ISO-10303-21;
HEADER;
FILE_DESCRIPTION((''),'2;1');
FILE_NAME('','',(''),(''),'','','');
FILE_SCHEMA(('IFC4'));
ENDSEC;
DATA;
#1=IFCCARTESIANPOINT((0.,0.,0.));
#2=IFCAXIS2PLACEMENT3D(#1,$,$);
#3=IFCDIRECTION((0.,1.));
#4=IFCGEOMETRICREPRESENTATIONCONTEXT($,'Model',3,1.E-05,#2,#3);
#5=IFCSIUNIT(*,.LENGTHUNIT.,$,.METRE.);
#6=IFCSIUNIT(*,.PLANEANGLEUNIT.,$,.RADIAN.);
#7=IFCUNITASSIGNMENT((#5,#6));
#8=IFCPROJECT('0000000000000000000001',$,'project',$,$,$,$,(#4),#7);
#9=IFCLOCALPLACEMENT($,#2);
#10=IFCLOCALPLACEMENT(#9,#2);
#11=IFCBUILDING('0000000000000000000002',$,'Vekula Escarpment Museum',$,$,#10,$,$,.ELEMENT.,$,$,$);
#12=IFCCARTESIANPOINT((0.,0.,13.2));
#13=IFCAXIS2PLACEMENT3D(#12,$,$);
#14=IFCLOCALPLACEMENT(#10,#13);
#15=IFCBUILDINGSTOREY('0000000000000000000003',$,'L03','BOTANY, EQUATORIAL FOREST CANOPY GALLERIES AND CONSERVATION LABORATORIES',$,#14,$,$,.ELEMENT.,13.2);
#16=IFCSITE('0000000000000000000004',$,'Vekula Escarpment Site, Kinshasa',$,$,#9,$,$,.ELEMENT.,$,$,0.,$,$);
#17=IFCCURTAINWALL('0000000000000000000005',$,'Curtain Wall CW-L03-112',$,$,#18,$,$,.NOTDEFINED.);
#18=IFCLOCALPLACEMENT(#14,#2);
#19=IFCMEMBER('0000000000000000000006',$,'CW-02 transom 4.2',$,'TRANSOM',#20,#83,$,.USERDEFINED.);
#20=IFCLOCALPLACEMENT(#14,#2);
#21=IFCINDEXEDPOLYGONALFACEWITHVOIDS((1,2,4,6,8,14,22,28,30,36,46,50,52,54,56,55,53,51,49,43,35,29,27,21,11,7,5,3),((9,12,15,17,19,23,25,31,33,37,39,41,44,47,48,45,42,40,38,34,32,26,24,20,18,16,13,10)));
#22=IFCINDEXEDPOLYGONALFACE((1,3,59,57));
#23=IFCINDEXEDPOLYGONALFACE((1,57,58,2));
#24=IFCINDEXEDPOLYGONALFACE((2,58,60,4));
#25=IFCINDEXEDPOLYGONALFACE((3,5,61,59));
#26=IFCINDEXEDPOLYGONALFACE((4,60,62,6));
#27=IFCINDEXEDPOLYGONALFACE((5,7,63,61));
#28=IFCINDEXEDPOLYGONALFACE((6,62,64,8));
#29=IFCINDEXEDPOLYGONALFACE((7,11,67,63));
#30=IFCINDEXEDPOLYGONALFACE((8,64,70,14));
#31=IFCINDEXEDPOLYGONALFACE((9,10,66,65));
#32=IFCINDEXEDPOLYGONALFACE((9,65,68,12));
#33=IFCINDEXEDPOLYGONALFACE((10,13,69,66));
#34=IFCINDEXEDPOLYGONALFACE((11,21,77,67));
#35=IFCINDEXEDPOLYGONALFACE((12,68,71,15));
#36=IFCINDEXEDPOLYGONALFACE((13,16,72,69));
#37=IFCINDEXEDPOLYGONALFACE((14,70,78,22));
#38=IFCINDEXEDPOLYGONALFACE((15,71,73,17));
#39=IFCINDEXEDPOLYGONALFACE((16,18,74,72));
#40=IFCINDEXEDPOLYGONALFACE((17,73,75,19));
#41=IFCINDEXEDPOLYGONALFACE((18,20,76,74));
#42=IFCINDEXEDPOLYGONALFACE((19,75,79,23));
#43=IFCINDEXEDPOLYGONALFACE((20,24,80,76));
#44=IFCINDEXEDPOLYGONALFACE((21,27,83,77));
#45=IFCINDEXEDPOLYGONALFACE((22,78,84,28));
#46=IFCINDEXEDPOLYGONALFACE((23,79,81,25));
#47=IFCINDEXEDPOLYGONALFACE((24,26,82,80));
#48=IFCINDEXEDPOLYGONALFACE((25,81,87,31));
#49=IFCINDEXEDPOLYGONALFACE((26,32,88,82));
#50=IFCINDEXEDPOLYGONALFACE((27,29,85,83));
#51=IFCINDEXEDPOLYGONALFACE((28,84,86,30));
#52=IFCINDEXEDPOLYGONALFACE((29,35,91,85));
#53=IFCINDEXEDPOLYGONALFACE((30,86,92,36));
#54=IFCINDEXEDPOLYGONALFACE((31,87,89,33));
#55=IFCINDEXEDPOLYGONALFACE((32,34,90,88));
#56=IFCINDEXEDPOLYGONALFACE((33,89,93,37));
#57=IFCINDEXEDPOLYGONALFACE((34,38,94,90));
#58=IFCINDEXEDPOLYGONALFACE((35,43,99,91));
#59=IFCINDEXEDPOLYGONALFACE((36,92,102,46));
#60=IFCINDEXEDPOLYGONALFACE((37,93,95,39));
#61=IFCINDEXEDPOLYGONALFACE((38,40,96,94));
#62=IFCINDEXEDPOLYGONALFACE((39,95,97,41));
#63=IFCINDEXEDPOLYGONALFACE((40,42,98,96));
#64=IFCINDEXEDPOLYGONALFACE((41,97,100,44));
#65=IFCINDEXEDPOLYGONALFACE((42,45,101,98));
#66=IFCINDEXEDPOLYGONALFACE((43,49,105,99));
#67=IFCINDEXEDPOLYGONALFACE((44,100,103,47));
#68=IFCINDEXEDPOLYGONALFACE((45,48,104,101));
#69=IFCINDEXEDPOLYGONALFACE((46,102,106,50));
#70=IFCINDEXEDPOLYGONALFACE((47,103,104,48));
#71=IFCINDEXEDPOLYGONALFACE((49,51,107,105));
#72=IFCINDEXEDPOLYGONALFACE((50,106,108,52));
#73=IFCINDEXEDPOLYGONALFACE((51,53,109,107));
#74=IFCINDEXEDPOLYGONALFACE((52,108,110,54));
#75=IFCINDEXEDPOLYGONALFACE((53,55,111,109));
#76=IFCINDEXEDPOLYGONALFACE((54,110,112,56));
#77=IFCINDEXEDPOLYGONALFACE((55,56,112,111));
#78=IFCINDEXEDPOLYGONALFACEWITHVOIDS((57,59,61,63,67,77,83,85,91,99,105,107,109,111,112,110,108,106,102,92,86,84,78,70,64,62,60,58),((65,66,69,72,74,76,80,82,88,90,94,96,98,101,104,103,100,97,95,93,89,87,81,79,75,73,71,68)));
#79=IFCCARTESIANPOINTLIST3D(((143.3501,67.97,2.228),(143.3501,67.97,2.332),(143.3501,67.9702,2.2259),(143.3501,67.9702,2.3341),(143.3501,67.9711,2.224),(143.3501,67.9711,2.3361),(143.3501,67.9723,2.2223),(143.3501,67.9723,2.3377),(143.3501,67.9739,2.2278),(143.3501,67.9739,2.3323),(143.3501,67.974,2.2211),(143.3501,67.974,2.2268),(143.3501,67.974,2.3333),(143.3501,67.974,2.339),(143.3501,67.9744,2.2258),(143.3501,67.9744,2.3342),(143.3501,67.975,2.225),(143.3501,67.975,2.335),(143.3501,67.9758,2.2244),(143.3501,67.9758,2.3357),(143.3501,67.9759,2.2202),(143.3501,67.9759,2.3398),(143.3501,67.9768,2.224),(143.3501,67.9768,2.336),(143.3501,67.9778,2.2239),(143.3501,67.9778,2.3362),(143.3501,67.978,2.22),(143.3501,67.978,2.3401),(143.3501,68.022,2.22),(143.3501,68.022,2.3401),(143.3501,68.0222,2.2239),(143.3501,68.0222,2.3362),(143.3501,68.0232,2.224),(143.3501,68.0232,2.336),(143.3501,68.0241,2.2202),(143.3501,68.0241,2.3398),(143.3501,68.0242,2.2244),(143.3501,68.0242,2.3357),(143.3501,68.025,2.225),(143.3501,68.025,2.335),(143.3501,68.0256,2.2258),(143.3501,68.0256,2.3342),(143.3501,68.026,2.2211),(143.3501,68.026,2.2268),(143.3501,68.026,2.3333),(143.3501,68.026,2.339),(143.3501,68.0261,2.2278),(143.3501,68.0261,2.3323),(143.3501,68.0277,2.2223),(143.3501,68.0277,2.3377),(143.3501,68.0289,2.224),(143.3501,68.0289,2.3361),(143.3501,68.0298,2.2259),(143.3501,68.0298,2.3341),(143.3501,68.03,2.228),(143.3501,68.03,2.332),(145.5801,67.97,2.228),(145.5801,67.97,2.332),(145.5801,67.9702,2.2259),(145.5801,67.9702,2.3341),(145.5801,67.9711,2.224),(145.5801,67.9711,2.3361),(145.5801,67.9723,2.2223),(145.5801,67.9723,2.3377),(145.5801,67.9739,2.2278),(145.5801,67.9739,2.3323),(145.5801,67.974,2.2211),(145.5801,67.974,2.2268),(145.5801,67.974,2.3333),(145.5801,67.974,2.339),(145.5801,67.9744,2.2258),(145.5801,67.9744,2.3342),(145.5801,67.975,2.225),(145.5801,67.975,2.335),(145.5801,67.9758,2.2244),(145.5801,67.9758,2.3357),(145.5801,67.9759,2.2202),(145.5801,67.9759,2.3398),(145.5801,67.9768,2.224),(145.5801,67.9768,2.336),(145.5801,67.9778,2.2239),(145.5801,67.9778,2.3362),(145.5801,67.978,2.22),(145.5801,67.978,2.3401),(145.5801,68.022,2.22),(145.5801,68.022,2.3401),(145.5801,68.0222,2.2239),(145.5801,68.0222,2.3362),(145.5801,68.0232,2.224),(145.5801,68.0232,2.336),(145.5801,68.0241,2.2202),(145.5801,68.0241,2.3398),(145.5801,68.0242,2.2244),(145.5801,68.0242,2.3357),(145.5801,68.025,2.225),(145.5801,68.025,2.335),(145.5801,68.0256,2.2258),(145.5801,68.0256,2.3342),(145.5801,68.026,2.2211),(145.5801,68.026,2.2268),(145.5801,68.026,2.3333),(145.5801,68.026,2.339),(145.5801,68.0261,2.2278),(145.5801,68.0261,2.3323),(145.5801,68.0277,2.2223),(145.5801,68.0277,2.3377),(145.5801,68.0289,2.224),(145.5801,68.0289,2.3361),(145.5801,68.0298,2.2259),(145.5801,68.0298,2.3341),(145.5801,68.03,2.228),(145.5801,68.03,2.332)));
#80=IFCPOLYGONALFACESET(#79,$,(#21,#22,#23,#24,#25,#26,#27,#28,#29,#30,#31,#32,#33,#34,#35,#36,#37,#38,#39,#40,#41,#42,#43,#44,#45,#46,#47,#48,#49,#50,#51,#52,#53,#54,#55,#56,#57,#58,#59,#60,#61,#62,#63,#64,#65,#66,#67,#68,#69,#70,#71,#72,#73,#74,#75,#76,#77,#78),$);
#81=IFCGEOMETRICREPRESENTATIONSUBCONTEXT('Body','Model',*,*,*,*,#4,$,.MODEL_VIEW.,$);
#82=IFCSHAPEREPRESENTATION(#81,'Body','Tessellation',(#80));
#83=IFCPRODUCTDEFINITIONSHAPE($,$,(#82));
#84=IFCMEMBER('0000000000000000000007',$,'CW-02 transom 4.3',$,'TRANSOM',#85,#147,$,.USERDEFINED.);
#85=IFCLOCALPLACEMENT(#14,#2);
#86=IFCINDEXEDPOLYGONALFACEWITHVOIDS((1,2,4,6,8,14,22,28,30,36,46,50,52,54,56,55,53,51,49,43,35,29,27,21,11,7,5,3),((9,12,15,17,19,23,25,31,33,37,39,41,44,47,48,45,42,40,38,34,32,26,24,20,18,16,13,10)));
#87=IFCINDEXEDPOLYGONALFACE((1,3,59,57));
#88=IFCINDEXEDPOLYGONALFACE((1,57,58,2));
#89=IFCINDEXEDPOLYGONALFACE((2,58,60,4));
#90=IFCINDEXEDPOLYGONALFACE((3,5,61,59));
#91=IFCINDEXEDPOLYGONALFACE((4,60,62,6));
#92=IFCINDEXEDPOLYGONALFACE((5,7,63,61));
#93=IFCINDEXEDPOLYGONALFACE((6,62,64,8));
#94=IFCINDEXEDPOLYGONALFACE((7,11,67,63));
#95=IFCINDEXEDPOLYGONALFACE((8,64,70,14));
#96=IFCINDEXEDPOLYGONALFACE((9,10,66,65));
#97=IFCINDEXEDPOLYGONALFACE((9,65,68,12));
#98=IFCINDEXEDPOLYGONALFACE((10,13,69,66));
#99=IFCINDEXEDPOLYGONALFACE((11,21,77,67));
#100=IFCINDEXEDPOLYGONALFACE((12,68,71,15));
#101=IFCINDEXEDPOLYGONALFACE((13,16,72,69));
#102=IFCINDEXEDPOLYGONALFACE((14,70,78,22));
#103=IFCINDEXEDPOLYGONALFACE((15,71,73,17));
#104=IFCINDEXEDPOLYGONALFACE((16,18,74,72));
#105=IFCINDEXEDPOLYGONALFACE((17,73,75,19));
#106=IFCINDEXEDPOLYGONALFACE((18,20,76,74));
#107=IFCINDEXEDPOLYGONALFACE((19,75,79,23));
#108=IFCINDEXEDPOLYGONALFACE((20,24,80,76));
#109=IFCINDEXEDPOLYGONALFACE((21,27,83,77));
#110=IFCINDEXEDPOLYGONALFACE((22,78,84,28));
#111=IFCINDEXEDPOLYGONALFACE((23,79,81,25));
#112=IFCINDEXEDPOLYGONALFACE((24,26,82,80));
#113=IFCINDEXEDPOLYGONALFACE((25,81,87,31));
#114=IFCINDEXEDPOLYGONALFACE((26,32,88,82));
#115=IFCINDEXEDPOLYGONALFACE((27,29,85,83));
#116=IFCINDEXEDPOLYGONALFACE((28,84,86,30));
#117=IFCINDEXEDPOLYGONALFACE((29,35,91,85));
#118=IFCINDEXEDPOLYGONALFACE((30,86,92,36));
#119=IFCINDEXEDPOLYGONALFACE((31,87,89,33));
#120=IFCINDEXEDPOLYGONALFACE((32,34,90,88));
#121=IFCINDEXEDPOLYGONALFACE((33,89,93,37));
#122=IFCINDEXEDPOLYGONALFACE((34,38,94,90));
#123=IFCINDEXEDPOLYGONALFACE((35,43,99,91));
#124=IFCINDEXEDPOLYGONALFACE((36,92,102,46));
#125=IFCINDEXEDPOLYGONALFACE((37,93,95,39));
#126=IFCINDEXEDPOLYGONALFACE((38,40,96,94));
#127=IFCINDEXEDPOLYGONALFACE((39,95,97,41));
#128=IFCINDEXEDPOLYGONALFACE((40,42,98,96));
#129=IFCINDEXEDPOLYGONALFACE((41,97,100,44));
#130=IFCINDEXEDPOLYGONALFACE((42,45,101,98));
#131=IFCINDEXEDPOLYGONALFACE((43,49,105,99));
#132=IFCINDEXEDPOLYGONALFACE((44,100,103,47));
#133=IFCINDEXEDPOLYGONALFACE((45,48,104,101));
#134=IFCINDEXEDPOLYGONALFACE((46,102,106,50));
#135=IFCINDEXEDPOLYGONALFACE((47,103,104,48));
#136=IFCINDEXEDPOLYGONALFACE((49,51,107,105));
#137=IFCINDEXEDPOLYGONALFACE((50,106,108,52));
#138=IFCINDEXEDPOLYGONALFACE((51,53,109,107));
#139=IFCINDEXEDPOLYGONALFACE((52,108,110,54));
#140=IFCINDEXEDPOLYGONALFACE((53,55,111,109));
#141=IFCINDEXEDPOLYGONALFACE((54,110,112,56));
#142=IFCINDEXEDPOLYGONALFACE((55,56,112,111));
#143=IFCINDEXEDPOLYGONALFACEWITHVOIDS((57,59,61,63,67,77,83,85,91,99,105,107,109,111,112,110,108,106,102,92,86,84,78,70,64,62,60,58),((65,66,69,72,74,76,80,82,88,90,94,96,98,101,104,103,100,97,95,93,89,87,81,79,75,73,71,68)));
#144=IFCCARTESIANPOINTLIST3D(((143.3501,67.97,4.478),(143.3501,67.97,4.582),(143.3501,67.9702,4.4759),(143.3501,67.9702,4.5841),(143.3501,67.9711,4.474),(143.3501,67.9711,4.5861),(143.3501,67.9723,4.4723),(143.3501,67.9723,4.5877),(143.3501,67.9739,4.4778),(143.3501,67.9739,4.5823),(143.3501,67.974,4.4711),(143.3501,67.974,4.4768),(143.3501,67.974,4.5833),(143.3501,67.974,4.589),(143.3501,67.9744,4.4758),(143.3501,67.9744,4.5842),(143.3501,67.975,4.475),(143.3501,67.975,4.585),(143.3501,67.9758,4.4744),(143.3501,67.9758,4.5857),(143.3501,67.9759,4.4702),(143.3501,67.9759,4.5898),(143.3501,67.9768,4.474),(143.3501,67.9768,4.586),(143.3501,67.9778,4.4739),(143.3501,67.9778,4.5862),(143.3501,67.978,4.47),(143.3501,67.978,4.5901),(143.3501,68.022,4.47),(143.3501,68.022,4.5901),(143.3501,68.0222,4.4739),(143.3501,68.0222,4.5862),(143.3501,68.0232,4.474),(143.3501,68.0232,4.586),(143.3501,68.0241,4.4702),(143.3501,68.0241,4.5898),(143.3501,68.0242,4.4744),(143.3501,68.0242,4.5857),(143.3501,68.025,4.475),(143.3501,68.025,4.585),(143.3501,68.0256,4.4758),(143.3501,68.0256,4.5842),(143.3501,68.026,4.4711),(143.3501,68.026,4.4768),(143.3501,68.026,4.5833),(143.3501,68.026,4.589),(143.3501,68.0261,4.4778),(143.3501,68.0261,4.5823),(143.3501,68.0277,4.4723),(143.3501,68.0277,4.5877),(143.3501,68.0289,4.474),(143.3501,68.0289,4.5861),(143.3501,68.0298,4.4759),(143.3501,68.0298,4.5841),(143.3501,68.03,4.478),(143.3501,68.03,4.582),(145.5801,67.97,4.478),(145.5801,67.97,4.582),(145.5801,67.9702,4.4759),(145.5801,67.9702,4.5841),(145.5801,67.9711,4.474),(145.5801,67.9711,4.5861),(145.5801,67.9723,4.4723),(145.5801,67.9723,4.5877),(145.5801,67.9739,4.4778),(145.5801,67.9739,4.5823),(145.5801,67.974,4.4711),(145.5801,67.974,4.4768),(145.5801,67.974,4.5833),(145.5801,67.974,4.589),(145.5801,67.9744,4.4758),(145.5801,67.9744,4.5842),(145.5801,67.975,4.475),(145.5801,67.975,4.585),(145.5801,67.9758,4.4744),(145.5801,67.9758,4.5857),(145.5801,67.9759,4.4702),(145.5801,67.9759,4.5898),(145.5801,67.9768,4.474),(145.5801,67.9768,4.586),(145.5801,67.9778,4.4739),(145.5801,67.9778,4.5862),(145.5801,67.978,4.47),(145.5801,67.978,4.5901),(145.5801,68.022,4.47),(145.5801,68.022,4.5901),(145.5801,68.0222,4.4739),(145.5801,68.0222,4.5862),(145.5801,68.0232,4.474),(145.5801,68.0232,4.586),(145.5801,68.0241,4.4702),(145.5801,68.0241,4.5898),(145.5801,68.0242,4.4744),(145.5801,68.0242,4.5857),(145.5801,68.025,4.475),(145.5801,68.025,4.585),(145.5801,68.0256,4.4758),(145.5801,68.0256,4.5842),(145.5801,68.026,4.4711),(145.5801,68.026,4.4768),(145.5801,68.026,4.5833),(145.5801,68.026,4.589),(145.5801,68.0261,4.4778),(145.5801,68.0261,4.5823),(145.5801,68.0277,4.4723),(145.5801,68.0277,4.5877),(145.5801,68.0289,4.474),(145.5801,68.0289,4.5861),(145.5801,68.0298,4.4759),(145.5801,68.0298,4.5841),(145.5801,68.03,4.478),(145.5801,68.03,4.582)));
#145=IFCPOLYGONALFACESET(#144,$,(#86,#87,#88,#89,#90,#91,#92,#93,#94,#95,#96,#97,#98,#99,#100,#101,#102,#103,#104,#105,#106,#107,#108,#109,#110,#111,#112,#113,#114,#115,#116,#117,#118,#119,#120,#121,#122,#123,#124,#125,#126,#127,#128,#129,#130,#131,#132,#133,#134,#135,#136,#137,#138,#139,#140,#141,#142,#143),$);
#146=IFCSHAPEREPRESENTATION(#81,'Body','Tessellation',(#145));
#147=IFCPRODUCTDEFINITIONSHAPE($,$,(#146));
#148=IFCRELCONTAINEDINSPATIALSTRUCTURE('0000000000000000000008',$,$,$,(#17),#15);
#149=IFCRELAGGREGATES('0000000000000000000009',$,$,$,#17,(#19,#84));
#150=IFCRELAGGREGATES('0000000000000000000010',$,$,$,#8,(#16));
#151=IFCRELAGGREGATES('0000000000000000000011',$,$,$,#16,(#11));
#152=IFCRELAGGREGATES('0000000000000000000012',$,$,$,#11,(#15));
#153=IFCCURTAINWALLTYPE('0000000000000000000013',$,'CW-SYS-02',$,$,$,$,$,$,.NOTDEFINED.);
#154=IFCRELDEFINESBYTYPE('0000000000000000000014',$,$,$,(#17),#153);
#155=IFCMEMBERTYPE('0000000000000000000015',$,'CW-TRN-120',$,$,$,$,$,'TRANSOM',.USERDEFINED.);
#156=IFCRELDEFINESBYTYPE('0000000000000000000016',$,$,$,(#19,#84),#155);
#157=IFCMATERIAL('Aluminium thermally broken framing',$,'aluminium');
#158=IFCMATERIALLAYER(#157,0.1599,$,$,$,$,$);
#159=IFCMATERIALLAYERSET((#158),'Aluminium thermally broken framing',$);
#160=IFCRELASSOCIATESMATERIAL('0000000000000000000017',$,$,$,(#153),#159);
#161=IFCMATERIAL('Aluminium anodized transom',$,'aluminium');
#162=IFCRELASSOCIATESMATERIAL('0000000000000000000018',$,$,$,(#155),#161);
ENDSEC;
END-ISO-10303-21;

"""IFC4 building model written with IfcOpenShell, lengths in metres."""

from ifc_helpers import new_model, si_unit, direction, frame, origin, origin_2d, place, context, subcontext, project, spatial, hollow_rectangle, extrude, material, layer, layer_set, material_profile, profile_set, type_object, element, aggregate, save


model = new_model("IFC4")

# Units and contexts
model_context = context("Model", 3, precision=1e-05, world=origin(), true_north=direction((0.0, 1.0)))
body_context = subcontext(model_context, "Body", "Model", "MODEL_VIEW")
ifc_project = project(units=[si_unit("LENGTHUNIT", "METRE"), si_unit("PLANEANGLEUNIT", "RADIAN")], contexts=[model_context])

# Site, building, storey
site_placement = place(None, origin())
site = spatial("IfcSite", under=ifc_project, at=site_placement, Name="Vekula Escarpment Site, Kinshasa", CompositionType="ELEMENT", RefElevation=0.0)
building_placement = place(site_placement, origin())
building = spatial("IfcBuilding", under=site, at=building_placement, Name="Vekula Escarpment Museum", CompositionType="ELEMENT")
storey_placement = place(building_placement, frame((0.0, 0.0, 13.2)))
storey = spatial("IfcBuildingStorey", under=building, at=storey_placement, Name="L03", Description="BOTANY, EQUATORIAL FOREST CANOPY GALLERIES AND CONSERVATION LABORATORIES", CompositionType="ELEMENT", Elevation=13.2)

# Curtain wall
ifc_material_1 = material(Name="Aluminium thermally broken framing", Category="aluminium")
ifc_layer_1 = layer(ifc_material_1, 0.1599)
ifc_layer_set_1 = layer_set([ifc_layer_1], Name="Aluminium thermally broken framing")
curtain_wall_type_1 = type_object("IfcCurtainWallType", Name="CW-SYS-02", PredefinedType="NOTDEFINED", material=ifc_layer_set_1)
curtain_wall_1_placement = place(storey_placement, origin())
curtain_wall_1 = element("IfcCurtainWall", 1, at=curtain_wall_1_placement, inside=storey, type_object=curtain_wall_type_1, Name="Curtain Wall CW-L03-112", PredefinedType="NOTDEFINED")

# Members
ifc_material_2 = material(Name="Aluminium anodized transom", Category="aluminium")
ifc_material_profile_1 = material_profile(ifc_material_2, hollow_rectangle(XDim=0.0601, YDim=0.1201, WallThickness=0.0039, InnerFilletRadius=0.0039, OuterFilletRadius=0.0081, at=origin_2d()), Name="ALU 120x60x4")
ifc_profile_set_1 = profile_set([ifc_material_profile_1], Name="Aluminium anodized transom")
member_type_1 = type_object("IfcMemberType", Name="CW-TRN-120", ElementType="TRANSOM", PredefinedType="USERDEFINED", material=ifc_profile_set_1)
member_1_placement = place(storey_placement, frame((143.3501, 68.0, 2.28), z_axis=(1.0, 0.0, 0.0), x_axis=(0.0, 1.0, 0.0)))
member_1 = element("IfcMember", 2, at=member_1_placement, type_object=member_type_1, Name="CW-02 transom 4.2", ObjectType="TRANSOM", PredefinedType="USERDEFINED", context=body_context, shape_type="SweptSolid", body=[
    extrude(hollow_rectangle(XDim=0.0601, YDim=0.1201, WallThickness=0.0039, InnerFilletRadius=0.0039, OuterFilletRadius=0.0081, at=origin_2d()), origin(), (0.0, 0.0, 1.0), 2.23),
])
member_2_placement = place(storey_placement, frame((143.3501, 68.0, 4.53), z_axis=(1.0, 0.0, 0.0), x_axis=(0.0, 1.0, 0.0)))
member_2 = element("IfcMember", 3, at=member_2_placement, type_object=member_type_1, Name="CW-02 transom 4.3", ObjectType="TRANSOM", PredefinedType="USERDEFINED", context=body_context, shape_type="SweptSolid", body=[
    extrude(hollow_rectangle(XDim=0.0601, YDim=0.1201, WallThickness=0.0039, InnerFilletRadius=0.0039, OuterFilletRadius=0.0081, at=origin_2d()), origin(), (0.0, 0.0, 1.0), 2.23),
])

aggregate(curtain_wall_1, [member_1, member_2])

save(model, "model.ifc")
